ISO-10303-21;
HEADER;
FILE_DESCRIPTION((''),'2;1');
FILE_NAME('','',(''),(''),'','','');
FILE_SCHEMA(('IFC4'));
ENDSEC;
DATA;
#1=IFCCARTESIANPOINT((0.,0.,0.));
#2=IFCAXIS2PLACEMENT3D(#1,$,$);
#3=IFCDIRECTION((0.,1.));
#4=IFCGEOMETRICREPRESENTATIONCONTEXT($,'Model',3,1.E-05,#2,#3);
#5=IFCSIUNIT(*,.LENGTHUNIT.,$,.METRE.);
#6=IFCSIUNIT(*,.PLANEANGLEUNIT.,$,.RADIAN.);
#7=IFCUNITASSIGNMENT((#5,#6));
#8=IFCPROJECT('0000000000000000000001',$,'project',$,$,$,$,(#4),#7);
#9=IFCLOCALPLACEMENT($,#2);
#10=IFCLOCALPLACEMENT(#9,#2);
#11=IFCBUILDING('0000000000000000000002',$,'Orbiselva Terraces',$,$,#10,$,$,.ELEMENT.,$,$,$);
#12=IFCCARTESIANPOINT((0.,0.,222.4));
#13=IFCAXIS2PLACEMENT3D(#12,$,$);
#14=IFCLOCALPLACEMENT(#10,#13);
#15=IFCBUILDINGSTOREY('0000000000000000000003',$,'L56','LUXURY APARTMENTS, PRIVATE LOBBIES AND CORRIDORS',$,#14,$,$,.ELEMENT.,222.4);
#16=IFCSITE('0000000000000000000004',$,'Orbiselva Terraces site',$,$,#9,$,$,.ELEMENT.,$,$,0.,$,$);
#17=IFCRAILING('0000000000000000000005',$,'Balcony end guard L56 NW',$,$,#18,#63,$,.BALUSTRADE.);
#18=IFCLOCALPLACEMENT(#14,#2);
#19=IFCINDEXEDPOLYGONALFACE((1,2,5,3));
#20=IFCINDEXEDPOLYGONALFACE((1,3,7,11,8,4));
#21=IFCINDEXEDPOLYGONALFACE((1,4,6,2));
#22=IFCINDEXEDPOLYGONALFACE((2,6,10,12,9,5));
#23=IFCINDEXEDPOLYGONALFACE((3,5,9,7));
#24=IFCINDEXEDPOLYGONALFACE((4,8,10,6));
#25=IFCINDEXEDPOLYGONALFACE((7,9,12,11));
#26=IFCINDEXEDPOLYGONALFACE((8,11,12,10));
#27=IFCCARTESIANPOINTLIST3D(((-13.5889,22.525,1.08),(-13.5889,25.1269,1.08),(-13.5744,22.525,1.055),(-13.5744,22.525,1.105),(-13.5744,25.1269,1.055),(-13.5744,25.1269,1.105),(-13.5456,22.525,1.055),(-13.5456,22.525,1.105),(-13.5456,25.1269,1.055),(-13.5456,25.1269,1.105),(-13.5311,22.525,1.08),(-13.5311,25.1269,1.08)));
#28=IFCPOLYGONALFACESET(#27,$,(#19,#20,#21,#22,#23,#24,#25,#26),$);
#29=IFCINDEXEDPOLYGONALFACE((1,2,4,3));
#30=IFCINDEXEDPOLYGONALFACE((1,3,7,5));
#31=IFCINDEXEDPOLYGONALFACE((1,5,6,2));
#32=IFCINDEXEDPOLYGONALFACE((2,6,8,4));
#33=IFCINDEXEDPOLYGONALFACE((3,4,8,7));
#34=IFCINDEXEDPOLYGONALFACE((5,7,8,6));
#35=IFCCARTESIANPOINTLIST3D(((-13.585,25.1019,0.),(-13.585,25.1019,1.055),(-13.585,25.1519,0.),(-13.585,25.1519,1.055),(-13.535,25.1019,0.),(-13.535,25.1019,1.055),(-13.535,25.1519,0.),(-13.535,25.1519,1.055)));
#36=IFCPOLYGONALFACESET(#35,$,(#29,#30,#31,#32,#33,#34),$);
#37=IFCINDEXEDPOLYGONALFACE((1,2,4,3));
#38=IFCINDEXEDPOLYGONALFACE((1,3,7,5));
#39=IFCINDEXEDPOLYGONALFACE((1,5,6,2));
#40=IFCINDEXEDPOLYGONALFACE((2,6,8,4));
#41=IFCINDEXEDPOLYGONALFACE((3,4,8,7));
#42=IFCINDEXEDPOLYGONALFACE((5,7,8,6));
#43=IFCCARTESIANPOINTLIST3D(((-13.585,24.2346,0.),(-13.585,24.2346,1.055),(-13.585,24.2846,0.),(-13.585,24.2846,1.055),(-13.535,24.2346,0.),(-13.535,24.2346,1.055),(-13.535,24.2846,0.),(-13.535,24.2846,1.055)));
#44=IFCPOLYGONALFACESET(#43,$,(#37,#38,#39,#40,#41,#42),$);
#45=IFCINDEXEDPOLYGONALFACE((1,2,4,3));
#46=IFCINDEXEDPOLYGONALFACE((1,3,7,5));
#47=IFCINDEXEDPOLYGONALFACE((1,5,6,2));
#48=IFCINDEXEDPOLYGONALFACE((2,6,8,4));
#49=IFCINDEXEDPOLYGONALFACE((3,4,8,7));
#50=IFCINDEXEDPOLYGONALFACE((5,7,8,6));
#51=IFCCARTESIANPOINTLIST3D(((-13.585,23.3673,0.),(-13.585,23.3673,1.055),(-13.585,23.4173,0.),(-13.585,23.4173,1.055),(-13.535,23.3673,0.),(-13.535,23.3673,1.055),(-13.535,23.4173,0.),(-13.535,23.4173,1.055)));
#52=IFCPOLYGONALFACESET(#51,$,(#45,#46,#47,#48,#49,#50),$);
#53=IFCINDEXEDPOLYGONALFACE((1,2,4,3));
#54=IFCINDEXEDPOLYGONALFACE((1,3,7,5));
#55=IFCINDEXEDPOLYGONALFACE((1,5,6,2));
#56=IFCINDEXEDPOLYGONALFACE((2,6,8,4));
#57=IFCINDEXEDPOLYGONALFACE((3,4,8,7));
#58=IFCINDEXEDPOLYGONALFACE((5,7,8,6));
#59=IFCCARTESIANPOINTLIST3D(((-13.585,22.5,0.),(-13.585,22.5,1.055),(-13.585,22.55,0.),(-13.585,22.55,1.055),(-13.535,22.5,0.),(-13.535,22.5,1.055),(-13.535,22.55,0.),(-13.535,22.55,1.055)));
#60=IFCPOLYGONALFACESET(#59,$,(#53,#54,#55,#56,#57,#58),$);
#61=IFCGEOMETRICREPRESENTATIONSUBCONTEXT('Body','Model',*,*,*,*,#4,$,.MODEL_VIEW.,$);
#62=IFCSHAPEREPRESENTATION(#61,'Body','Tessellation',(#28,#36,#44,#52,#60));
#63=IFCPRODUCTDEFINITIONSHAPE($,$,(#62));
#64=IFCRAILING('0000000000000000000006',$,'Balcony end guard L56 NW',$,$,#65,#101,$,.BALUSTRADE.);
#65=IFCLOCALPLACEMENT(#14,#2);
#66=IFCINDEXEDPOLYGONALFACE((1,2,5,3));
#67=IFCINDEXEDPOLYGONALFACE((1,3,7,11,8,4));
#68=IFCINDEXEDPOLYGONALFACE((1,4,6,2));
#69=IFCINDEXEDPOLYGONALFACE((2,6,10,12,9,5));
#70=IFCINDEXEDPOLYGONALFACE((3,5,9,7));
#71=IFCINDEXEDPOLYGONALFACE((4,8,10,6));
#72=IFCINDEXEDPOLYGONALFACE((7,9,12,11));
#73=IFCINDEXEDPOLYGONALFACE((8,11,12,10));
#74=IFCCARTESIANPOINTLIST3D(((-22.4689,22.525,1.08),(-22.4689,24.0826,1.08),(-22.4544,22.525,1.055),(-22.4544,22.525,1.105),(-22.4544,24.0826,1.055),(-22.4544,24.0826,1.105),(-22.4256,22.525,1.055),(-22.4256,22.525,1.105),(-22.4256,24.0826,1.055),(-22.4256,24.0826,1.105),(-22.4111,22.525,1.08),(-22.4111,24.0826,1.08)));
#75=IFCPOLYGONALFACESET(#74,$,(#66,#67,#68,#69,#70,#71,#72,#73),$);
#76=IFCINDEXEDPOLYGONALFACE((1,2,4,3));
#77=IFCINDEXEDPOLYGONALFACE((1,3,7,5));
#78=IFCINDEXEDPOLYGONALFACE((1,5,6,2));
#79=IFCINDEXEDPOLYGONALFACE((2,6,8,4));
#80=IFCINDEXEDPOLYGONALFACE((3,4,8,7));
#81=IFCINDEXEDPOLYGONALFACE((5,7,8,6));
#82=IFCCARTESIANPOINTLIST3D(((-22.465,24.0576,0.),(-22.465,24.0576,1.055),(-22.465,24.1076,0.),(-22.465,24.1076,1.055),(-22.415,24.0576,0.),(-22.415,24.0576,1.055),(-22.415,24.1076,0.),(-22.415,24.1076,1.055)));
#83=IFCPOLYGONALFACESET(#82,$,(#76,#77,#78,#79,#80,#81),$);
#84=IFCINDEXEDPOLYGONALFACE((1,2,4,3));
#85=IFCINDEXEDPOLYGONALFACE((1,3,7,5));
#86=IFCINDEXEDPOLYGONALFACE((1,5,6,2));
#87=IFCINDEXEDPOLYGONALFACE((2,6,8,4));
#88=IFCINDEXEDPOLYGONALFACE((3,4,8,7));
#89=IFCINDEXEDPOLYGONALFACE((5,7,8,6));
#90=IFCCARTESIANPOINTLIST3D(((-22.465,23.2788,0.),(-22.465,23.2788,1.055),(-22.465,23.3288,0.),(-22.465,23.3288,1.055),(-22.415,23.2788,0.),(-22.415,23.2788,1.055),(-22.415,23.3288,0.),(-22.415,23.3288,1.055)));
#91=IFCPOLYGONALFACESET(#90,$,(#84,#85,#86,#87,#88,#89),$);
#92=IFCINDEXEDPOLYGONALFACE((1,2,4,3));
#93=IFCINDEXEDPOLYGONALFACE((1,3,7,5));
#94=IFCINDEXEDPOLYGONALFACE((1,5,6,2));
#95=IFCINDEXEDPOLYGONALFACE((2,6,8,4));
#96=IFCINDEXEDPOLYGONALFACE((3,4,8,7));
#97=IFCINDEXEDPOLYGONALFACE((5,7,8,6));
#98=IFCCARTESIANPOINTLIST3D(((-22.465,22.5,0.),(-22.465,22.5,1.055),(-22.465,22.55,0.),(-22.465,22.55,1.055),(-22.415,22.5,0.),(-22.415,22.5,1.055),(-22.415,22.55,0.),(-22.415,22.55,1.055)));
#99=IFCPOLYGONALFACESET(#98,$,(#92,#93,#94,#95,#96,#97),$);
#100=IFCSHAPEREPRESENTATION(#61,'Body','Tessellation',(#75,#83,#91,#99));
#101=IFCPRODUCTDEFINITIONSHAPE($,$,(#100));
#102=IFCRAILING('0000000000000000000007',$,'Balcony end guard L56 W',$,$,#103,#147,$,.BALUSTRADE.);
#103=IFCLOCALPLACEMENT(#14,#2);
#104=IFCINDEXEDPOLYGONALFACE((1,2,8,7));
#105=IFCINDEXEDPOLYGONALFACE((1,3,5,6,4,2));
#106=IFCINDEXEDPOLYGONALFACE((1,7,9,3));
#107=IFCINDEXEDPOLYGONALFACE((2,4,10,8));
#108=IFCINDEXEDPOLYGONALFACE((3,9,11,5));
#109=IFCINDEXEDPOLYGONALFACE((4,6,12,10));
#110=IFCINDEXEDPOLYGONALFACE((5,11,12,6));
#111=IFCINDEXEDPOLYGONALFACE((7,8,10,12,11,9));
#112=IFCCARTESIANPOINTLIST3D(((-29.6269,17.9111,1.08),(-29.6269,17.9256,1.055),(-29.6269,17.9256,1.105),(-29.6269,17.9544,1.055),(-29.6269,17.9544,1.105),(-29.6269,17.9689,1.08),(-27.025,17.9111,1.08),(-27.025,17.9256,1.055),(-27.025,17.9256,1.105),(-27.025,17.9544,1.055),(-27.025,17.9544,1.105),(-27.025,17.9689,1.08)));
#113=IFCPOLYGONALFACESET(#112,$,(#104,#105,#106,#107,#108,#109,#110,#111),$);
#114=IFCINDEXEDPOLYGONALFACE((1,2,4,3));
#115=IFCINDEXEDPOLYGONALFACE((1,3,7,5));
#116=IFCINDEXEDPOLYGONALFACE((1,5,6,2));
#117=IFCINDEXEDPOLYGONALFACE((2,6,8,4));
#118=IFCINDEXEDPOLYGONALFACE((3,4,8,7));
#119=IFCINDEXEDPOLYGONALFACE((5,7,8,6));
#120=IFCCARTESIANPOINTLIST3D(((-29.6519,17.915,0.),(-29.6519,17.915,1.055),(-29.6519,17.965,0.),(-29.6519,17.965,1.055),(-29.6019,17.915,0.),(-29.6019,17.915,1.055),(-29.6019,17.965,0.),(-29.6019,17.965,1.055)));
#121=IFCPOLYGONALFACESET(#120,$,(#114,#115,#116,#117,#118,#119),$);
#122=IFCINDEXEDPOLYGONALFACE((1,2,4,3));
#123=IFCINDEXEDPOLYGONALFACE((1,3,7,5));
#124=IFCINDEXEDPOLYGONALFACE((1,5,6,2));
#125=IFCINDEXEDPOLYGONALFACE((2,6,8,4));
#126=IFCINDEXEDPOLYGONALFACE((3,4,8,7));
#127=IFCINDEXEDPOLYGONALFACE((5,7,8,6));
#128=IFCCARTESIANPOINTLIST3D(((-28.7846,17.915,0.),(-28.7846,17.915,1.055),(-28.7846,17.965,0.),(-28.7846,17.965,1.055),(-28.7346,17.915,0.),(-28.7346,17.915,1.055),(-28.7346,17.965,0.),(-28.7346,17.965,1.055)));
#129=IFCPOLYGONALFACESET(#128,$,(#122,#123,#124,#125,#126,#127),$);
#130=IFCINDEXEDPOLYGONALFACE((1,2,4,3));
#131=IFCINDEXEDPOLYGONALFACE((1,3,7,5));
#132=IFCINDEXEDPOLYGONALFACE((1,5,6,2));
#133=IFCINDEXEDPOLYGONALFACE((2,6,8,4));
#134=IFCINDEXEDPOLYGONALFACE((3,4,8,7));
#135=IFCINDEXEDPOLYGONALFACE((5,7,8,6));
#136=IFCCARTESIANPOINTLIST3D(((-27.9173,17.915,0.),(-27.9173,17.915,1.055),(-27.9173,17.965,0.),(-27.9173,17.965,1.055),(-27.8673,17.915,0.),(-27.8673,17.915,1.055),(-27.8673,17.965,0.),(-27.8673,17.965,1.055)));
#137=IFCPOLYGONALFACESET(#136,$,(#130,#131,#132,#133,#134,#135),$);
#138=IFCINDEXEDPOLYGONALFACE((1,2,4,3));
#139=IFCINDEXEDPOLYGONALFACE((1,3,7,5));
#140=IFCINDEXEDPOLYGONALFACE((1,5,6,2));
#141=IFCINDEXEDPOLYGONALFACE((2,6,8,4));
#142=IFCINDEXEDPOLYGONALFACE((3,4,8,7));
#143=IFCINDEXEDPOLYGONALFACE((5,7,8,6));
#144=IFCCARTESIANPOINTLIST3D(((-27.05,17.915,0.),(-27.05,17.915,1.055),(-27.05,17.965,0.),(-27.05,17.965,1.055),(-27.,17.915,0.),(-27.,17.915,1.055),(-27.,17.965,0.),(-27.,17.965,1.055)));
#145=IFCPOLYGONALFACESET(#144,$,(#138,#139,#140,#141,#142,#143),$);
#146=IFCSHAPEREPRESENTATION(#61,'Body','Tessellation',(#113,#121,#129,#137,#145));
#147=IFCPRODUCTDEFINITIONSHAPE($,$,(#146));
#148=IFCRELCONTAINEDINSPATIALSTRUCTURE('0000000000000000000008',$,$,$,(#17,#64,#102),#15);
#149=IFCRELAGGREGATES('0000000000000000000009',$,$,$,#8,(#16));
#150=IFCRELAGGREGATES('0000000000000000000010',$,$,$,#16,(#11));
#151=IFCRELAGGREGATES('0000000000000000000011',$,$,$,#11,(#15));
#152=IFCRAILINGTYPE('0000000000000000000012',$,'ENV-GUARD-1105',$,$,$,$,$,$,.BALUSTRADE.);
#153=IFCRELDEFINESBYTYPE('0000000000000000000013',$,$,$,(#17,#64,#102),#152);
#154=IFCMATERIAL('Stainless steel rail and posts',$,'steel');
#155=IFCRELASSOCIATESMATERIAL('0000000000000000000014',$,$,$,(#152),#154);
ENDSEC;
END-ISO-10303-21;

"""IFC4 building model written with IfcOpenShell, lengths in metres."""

from ifc_helpers import new_model, si_unit, direction, frame, origin, origin_2d, place, context, subcontext, project, spatial, polyline, rectangle, outline, extrude, material, type_object, element, save


model = new_model("IFC4")

# Units and contexts
model_context = context("Model", 3, precision=1e-05, world=origin(), true_north=direction((0.0, 1.0)))
body_context = subcontext(model_context, "Body", "Model", "MODEL_VIEW")
ifc_project = project(units=[si_unit("LENGTHUNIT", "METRE"), si_unit("PLANEANGLEUNIT", "RADIAN")], contexts=[model_context])

# Site, building, storey
site_placement = place(None, origin())
site = spatial("IfcSite", under=ifc_project, at=site_placement, Name="Orbiselva Terraces site", CompositionType="ELEMENT", RefElevation=0.0)
building_placement = place(site_placement, origin())
building = spatial("IfcBuilding", under=site, at=building_placement, Name="Orbiselva Terraces", CompositionType="ELEMENT")
storey_placement = place(building_placement, frame((0.0, 0.0, 222.4)))
storey = spatial("IfcBuildingStorey", under=building, at=storey_placement, Name="L56", Description="LUXURY APARTMENTS, PRIVATE LOBBIES AND CORRIDORS", CompositionType="ELEMENT", Elevation=222.4)

# Railings
ifc_material_1 = material(Name="Stainless steel rail and posts", Category="steel")
railing_type_1 = type_object("IfcRailingType", Name="ENV-GUARD-1105", PredefinedType="BALUSTRADE", material=ifc_material_1)
railing_1_placement = place(storey_placement, frame((-13.56, 25.1269, 0.0)))
element("IfcRailing", 1, at=railing_1_placement, inside=storey, type_object=railing_type_1, Name="Balcony end guard L56 NW", PredefinedType="BALUSTRADE", context=body_context, shape_type="SweptSolid", body=[
    extrude(outline(polyline([(0.0289, 0.0), (0.0144, 0.025), (-0.0144, 0.025), (-0.0289, 0.0), (-0.0144, -0.025), (0.0144, -0.025), (0.0289, 0.0)])), frame((0.0, 0.0, 1.08), z_axis=(0.0, -1.0, 0.0), x_axis=(1.0, 0.0, 0.0)), (0.0, 0.0, 1.0), 2.6019),
    extrude(rectangle(XDim=0.05, YDim=0.05, at=origin_2d()), origin(), (0.0, 0.0, 1.0), 1.055),
    extrude(rectangle(XDim=0.05, YDim=0.05, at=origin_2d()), frame((0.0, -0.8673, 0.0)), (0.0, 0.0, 1.0), 1.055),
    extrude(rectangle(XDim=0.05, YDim=0.05, at=origin_2d()), frame((0.0, -1.7346, 0.0)), (0.0, 0.0, 1.0), 1.055),
    extrude(rectangle(XDim=0.05, YDim=0.05, at=origin_2d()), frame((0.0, -2.6019, 0.0)), (0.0, 0.0, 1.0), 1.055),
])
railing_2_placement = place(storey_placement, frame((-22.44, 24.0826, 0.0)))
element("IfcRailing", 2, at=railing_2_placement, inside=storey, type_object=railing_type_1, Name="Balcony end guard L56 NW", PredefinedType="BALUSTRADE", context=body_context, shape_type="SweptSolid", body=[
    extrude(outline(polyline([(0.0289, 0.0), (0.0144, 0.025), (-0.0144, 0.025), (-0.0289, 0.0), (-0.0144, -0.025), (0.0144, -0.025), (0.0289, 0.0)])), frame((0.0, 0.0, 1.08), z_axis=(0.0, -1.0, 0.0), x_axis=(1.0, 0.0, 0.0)), (0.0, 0.0, 1.0), 1.5576),
    extrude(rectangle(XDim=0.05, YDim=0.05, at=origin_2d()), origin(), (0.0, 0.0, 1.0), 1.055),
    extrude(rectangle(XDim=0.05, YDim=0.05, at=origin_2d()), frame((0.0, -0.7788, 0.0)), (0.0, 0.0, 1.0), 1.055),
    extrude(rectangle(XDim=0.05, YDim=0.05, at=origin_2d()), frame((0.0, -1.5576, 0.0)), (0.0, 0.0, 1.0), 1.055),
])
railing_3_placement = place(storey_placement, frame((-29.6269, 17.94, 0.0)))
element("IfcRailing", 3, at=railing_3_placement, inside=storey, type_object=railing_type_1, Name="Balcony end guard L56 W", PredefinedType="BALUSTRADE", context=body_context, shape_type="SweptSolid", body=[
    extrude(outline(polyline([(0.0289, 0.0), (0.0144, 0.025), (-0.0144, 0.025), (-0.0289, 0.0), (-0.0144, -0.025), (0.0144, -0.025), (0.0289, 0.0)])), frame((0.0, 0.0, 1.08), z_axis=(1.0, 0.0, 0.0), x_axis=(0.0, 1.0, 0.0)), (0.0, 0.0, 1.0), 2.6019),
    extrude(rectangle(XDim=0.05, YDim=0.05, at=origin_2d()), origin(), (0.0, 0.0, 1.0), 1.055),
    extrude(rectangle(XDim=0.05, YDim=0.05, at=origin_2d()), frame((0.8673, 0.0, 0.0)), (0.0, 0.0, 1.0), 1.055),
    extrude(rectangle(XDim=0.05, YDim=0.05, at=origin_2d()), frame((1.7346, 0.0, 0.0)), (0.0, 0.0, 1.0), 1.055),
    extrude(rectangle(XDim=0.05, YDim=0.05, at=origin_2d()), frame((2.6019, 0.0, 0.0)), (0.0, 0.0, 1.0), 1.055),
])

save(model, "model.ifc")
